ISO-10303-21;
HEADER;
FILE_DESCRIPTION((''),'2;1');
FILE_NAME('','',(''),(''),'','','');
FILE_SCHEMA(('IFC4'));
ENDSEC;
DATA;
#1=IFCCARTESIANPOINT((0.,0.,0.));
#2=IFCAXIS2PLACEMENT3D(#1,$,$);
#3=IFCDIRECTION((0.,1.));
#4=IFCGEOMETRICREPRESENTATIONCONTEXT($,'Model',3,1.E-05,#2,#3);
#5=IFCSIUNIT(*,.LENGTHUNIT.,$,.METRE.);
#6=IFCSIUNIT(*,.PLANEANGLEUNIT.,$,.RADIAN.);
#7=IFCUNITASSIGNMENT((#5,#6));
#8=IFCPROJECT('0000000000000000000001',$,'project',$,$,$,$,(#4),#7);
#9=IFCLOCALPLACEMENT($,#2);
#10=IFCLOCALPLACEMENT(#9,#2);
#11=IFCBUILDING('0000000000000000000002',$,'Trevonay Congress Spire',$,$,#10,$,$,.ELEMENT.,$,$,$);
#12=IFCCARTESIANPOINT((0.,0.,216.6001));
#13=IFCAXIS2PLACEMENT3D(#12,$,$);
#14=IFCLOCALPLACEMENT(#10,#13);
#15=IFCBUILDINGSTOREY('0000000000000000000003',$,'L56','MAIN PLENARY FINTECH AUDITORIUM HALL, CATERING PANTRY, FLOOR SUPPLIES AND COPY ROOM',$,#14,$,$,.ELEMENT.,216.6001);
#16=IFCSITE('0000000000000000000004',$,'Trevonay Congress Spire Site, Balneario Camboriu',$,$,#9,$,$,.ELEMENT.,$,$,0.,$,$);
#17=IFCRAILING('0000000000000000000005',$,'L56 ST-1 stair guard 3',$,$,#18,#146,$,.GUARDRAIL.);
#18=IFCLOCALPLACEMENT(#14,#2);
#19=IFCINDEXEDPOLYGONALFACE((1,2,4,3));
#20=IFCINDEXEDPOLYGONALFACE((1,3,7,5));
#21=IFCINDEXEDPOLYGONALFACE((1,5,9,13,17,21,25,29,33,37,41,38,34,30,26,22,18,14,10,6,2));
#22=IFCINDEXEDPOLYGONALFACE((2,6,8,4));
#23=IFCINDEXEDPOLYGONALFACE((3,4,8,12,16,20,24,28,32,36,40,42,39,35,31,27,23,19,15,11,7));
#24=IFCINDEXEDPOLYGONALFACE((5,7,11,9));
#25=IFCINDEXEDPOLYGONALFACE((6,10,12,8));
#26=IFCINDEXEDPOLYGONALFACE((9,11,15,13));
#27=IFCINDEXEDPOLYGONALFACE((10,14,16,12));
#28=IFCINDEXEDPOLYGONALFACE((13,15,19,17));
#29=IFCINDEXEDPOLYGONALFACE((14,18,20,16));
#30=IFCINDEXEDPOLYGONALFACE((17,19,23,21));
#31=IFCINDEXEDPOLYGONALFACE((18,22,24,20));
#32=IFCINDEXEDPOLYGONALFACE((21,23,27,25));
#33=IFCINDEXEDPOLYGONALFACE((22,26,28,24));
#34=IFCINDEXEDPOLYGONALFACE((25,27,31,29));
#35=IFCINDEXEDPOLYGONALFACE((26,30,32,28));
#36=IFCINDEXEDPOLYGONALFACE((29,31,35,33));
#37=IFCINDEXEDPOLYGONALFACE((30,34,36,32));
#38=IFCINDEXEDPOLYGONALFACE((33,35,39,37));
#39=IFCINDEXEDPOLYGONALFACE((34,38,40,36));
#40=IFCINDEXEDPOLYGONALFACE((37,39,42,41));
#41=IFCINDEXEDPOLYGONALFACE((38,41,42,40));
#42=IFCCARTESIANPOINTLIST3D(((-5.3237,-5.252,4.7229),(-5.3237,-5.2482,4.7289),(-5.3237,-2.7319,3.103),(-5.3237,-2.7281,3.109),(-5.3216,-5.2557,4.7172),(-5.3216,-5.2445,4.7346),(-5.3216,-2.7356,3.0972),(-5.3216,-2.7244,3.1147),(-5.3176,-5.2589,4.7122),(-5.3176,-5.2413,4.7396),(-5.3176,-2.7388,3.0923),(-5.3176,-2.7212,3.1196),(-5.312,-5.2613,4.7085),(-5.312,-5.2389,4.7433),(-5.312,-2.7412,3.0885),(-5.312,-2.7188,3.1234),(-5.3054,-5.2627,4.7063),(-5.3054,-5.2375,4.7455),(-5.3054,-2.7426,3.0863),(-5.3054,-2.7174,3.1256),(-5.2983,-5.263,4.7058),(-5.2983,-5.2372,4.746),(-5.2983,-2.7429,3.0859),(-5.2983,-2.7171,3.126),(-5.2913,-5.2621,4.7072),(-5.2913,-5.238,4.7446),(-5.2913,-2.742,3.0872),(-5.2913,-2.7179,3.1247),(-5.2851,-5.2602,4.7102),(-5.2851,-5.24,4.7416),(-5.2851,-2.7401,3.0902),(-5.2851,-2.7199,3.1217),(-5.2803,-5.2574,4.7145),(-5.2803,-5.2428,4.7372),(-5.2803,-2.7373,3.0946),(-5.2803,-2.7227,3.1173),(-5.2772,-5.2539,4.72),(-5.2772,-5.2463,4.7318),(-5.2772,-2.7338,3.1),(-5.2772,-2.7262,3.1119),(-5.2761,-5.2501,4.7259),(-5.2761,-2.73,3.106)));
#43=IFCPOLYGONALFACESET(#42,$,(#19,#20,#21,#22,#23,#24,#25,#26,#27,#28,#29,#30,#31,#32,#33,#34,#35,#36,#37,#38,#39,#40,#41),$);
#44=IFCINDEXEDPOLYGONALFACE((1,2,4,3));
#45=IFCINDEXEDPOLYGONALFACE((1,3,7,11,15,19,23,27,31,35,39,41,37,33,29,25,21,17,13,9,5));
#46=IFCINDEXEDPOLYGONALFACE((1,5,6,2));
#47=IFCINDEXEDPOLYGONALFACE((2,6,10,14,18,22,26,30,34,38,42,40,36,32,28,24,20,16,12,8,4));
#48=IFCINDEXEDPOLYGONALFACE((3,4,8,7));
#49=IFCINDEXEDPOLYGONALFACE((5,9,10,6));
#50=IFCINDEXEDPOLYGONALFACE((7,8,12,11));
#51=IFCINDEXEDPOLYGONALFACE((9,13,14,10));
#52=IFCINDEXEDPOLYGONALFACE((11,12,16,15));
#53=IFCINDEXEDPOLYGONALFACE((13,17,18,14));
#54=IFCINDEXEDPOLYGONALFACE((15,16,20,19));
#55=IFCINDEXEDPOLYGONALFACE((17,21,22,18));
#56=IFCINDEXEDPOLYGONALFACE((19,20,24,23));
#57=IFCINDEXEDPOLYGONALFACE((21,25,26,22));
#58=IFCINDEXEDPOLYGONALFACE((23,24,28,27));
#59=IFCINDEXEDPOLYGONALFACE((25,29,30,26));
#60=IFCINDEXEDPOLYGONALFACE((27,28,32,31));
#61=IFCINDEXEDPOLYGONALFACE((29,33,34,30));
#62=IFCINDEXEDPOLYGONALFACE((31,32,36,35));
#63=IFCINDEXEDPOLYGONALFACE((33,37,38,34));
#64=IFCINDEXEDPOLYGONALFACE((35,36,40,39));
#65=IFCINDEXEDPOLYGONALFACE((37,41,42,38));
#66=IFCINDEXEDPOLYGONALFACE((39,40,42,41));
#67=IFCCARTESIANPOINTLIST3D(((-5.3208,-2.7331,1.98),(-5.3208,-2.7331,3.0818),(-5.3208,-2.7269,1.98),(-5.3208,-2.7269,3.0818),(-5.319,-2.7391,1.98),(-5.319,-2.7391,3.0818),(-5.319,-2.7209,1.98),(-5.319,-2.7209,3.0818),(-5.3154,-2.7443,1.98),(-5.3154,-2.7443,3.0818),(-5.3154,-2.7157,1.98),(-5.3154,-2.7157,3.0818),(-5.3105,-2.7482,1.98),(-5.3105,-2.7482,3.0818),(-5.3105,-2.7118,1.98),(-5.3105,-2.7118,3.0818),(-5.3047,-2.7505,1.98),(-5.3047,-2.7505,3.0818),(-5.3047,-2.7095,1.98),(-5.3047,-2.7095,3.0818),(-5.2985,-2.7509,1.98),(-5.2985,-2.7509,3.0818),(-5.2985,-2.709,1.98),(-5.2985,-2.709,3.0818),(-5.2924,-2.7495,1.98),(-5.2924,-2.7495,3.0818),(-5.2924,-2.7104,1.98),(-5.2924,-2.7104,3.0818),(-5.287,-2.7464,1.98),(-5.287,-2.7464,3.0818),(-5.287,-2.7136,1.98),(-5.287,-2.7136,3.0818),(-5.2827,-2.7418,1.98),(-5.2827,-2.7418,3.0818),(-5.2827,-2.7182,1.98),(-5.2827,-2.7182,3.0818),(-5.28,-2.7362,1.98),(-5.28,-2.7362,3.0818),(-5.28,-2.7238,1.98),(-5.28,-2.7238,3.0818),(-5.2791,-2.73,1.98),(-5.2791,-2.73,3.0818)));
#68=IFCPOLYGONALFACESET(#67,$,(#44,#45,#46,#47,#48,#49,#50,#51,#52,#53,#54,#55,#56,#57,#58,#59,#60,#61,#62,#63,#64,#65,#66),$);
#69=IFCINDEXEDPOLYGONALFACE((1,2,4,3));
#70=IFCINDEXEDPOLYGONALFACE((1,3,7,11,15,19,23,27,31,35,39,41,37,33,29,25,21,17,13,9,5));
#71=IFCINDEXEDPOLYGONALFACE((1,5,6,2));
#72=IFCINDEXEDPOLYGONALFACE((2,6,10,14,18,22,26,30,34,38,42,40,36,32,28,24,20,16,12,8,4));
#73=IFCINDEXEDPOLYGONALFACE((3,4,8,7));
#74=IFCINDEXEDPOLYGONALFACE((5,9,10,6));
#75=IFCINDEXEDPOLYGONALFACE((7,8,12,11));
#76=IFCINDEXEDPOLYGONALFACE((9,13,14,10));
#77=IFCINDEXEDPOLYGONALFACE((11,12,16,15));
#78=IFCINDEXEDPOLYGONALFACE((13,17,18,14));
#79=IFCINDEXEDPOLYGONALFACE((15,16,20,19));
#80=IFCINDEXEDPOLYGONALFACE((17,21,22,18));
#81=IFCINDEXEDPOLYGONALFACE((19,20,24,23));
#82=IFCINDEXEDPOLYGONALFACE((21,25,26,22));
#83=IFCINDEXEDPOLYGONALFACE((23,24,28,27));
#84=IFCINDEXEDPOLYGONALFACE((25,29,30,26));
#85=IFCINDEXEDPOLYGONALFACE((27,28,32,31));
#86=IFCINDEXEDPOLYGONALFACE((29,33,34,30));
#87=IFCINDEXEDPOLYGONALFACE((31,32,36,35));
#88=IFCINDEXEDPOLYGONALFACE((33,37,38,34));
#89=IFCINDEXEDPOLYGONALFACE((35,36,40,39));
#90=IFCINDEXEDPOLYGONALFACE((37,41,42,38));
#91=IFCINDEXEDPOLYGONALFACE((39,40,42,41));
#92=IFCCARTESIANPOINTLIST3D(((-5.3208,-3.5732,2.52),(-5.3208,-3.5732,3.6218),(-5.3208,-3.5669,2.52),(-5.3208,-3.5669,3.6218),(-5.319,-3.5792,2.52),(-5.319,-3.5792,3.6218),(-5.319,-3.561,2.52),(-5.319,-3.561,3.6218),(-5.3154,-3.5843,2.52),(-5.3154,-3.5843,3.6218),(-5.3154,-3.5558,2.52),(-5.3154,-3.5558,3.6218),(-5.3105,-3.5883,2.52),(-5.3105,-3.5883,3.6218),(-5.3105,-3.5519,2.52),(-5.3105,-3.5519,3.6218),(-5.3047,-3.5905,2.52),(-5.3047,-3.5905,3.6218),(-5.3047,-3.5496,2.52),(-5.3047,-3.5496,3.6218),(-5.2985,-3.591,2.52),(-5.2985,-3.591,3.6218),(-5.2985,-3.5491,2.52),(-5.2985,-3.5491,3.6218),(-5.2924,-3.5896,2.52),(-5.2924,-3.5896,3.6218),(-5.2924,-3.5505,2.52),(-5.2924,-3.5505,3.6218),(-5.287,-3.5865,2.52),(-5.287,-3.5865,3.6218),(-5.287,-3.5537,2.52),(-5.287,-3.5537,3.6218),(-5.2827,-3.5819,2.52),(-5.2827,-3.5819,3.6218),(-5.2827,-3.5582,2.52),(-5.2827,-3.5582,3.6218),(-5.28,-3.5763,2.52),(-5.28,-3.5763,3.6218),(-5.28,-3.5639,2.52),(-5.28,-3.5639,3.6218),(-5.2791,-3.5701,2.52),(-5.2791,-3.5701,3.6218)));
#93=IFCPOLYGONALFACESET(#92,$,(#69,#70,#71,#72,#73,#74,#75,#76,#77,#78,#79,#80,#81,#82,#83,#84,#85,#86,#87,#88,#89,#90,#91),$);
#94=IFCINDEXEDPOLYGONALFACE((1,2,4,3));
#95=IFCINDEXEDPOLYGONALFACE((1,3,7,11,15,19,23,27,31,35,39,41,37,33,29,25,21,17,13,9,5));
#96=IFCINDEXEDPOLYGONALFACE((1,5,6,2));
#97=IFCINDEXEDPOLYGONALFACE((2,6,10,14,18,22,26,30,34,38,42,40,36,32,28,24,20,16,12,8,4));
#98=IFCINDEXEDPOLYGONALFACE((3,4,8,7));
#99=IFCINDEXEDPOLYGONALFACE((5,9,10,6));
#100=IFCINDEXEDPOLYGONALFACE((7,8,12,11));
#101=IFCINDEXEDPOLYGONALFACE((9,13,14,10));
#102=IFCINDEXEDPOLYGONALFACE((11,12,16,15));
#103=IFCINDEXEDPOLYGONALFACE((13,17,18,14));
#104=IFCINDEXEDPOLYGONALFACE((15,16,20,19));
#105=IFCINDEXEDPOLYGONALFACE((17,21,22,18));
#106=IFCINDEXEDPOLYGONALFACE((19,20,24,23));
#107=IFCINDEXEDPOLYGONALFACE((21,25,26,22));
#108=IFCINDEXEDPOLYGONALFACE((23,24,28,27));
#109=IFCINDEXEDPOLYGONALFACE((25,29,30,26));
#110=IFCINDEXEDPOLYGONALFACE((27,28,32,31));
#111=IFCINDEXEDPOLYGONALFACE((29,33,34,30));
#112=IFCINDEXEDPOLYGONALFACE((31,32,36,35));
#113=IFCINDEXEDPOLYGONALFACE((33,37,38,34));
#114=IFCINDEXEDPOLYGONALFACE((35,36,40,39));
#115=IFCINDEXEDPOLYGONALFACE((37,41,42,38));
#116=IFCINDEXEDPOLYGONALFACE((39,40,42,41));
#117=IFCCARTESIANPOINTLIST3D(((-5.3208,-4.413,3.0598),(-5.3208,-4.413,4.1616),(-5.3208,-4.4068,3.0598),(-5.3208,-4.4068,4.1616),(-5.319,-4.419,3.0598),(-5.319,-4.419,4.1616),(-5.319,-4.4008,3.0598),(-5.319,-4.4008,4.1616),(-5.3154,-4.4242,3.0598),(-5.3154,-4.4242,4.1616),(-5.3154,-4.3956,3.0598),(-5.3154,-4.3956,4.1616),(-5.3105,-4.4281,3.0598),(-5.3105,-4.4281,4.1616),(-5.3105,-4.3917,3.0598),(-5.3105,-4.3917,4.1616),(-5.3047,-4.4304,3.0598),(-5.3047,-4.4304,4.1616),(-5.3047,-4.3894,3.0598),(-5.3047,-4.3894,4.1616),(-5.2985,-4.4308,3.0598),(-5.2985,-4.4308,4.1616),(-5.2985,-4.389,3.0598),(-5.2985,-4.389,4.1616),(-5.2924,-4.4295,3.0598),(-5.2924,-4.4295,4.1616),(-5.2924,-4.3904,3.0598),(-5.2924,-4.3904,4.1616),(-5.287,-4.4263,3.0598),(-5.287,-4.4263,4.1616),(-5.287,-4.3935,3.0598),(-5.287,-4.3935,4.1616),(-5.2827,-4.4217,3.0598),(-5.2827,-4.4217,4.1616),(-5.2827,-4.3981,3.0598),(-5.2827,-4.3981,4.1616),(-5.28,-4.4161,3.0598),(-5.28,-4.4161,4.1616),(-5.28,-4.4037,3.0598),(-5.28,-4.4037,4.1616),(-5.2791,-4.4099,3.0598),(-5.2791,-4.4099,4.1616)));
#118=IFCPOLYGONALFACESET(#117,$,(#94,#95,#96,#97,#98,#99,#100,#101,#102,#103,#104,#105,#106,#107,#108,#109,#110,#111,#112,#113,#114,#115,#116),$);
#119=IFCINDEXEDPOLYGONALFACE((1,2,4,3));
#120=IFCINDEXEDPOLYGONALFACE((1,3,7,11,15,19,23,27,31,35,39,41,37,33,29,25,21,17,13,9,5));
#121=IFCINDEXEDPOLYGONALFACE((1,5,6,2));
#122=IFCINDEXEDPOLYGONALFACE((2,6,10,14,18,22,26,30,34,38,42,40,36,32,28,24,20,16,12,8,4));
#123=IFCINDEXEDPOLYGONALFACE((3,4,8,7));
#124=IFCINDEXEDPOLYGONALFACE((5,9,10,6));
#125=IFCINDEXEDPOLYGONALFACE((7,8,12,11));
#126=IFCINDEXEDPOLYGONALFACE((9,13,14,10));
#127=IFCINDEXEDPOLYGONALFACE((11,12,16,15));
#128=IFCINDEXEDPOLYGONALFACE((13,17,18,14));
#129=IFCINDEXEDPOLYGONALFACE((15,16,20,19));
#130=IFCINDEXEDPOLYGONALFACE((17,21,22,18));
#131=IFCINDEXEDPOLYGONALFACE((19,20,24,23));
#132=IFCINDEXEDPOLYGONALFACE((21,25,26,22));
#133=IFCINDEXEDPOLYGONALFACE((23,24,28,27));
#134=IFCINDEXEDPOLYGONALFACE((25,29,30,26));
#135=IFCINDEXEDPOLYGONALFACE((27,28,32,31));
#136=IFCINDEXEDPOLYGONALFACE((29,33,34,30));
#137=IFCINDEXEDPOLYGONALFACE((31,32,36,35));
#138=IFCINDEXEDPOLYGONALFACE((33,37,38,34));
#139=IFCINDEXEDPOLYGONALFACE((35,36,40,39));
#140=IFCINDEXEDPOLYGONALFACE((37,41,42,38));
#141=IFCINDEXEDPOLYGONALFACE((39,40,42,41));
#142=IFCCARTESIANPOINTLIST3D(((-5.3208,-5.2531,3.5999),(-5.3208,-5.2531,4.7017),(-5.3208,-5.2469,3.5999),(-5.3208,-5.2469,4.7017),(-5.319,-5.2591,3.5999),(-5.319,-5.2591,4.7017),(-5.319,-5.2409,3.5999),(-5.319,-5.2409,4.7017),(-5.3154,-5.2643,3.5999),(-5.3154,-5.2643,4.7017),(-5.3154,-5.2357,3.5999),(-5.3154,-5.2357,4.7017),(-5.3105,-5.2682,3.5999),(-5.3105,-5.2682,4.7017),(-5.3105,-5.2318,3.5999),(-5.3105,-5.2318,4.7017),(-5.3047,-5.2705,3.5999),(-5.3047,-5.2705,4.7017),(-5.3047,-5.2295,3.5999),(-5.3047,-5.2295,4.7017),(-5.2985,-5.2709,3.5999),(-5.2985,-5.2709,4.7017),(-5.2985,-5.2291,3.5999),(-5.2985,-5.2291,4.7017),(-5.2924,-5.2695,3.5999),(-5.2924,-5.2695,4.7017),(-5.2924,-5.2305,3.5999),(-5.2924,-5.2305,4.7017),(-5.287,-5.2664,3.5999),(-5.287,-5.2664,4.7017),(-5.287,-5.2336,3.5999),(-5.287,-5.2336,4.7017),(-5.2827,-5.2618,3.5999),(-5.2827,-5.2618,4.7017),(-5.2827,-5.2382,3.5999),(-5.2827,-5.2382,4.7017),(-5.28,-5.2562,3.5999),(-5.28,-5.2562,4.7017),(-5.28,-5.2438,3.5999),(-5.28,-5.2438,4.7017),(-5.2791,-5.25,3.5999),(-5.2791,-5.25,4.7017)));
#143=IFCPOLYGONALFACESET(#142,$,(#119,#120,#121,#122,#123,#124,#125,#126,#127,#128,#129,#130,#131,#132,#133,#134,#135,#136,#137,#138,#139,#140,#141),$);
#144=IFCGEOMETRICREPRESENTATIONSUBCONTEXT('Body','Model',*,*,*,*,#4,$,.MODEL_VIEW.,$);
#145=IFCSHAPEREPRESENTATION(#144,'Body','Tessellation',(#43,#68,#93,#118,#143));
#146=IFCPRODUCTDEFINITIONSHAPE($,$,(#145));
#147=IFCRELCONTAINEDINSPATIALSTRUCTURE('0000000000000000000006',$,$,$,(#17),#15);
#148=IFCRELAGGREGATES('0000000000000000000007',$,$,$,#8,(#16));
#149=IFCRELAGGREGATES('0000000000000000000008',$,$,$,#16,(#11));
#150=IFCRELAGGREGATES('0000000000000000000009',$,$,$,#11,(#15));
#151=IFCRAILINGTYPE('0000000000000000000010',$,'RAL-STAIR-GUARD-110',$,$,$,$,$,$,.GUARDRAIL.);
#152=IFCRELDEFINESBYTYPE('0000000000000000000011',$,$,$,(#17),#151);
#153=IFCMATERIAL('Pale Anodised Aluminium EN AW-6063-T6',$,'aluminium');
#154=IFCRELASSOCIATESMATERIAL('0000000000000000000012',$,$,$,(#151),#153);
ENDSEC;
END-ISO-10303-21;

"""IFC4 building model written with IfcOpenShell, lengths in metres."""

from ifc_helpers import new_model, si_unit, direction, frame, origin, origin_2d, place, context, subcontext, project, spatial, circle, extrude, material, type_object, element, save


model = new_model("IFC4")

# Units and contexts
model_context = context("Model", 3, precision=1e-05, world=origin(), true_north=direction((0.0, 1.0)))
body_context = subcontext(model_context, "Body", "Model", "MODEL_VIEW")
ifc_project = project(units=[si_unit("LENGTHUNIT", "METRE"), si_unit("PLANEANGLEUNIT", "RADIAN")], contexts=[model_context])

# Site, building, storey
site_placement = place(None, origin())
site = spatial("IfcSite", under=ifc_project, at=site_placement, Name="Trevonay Congress Spire Site, Balneario Camboriu", CompositionType="ELEMENT", RefElevation=0.0)
building_placement = place(site_placement, origin())
building = spatial("IfcBuilding", under=site, at=building_placement, Name="Trevonay Congress Spire", CompositionType="ELEMENT")
storey_placement = place(building_placement, frame((0.0, 0.0, 216.6001)))
storey = spatial("IfcBuildingStorey", under=building, at=storey_placement, Name="L56", Description="MAIN PLENARY FINTECH AUDITORIUM HALL, CATERING PANTRY, FLOOR SUPPLIES AND COPY ROOM", CompositionType="ELEMENT", Elevation=216.6001)

# Shared definitions
ifc_material_1 = material(Name="Pale Anodised Aluminium EN AW-6063-T6", Category="aluminium")

# Railing
railing_type_1 = type_object("IfcRailingType", Name="RAL-STAIR-GUARD-110", PredefinedType="GUARDRAIL", material=ifc_material_1)
railing_1_placement = place(storey_placement, frame((-5.3, -2.73, 1.98)))
element("IfcRailing", 1, at=railing_1_placement, inside=storey, type_object=railing_type_1, Name="L56 ST-1 stair guard 3", PredefinedType="GUARDRAIL", context=body_context, shape_type="SweptSolid", body=[
    extrude(circle(Radius=0.0239, at=origin_2d()), frame((0.0, 0.0, 1.126), z_axis=(0.0, -0.8412, 0.540725), x_axis=(1.0, 0.0, 0.0)), (0.0, 0.0, 1.0), 2.9958),
    extrude(circle(Radius=0.021, at=origin_2d()), origin(), (0.0, 0.0, 1.0), 1.1018),
    extrude(circle(Radius=0.021, at=origin_2d()), frame((0.0, -0.8401, 0.54)), (0.0, 0.0, 1.0), 1.1018),
    extrude(circle(Radius=0.021, at=origin_2d()), frame((0.0, -1.6799, 1.0798)), (0.0, 0.0, 1.0), 1.1018),
    extrude(circle(Radius=0.021, at=origin_2d()), frame((0.0, -2.52, 1.6199)), (0.0, 0.0, 1.0), 1.1018),
])

save(model, "model.ifc")
